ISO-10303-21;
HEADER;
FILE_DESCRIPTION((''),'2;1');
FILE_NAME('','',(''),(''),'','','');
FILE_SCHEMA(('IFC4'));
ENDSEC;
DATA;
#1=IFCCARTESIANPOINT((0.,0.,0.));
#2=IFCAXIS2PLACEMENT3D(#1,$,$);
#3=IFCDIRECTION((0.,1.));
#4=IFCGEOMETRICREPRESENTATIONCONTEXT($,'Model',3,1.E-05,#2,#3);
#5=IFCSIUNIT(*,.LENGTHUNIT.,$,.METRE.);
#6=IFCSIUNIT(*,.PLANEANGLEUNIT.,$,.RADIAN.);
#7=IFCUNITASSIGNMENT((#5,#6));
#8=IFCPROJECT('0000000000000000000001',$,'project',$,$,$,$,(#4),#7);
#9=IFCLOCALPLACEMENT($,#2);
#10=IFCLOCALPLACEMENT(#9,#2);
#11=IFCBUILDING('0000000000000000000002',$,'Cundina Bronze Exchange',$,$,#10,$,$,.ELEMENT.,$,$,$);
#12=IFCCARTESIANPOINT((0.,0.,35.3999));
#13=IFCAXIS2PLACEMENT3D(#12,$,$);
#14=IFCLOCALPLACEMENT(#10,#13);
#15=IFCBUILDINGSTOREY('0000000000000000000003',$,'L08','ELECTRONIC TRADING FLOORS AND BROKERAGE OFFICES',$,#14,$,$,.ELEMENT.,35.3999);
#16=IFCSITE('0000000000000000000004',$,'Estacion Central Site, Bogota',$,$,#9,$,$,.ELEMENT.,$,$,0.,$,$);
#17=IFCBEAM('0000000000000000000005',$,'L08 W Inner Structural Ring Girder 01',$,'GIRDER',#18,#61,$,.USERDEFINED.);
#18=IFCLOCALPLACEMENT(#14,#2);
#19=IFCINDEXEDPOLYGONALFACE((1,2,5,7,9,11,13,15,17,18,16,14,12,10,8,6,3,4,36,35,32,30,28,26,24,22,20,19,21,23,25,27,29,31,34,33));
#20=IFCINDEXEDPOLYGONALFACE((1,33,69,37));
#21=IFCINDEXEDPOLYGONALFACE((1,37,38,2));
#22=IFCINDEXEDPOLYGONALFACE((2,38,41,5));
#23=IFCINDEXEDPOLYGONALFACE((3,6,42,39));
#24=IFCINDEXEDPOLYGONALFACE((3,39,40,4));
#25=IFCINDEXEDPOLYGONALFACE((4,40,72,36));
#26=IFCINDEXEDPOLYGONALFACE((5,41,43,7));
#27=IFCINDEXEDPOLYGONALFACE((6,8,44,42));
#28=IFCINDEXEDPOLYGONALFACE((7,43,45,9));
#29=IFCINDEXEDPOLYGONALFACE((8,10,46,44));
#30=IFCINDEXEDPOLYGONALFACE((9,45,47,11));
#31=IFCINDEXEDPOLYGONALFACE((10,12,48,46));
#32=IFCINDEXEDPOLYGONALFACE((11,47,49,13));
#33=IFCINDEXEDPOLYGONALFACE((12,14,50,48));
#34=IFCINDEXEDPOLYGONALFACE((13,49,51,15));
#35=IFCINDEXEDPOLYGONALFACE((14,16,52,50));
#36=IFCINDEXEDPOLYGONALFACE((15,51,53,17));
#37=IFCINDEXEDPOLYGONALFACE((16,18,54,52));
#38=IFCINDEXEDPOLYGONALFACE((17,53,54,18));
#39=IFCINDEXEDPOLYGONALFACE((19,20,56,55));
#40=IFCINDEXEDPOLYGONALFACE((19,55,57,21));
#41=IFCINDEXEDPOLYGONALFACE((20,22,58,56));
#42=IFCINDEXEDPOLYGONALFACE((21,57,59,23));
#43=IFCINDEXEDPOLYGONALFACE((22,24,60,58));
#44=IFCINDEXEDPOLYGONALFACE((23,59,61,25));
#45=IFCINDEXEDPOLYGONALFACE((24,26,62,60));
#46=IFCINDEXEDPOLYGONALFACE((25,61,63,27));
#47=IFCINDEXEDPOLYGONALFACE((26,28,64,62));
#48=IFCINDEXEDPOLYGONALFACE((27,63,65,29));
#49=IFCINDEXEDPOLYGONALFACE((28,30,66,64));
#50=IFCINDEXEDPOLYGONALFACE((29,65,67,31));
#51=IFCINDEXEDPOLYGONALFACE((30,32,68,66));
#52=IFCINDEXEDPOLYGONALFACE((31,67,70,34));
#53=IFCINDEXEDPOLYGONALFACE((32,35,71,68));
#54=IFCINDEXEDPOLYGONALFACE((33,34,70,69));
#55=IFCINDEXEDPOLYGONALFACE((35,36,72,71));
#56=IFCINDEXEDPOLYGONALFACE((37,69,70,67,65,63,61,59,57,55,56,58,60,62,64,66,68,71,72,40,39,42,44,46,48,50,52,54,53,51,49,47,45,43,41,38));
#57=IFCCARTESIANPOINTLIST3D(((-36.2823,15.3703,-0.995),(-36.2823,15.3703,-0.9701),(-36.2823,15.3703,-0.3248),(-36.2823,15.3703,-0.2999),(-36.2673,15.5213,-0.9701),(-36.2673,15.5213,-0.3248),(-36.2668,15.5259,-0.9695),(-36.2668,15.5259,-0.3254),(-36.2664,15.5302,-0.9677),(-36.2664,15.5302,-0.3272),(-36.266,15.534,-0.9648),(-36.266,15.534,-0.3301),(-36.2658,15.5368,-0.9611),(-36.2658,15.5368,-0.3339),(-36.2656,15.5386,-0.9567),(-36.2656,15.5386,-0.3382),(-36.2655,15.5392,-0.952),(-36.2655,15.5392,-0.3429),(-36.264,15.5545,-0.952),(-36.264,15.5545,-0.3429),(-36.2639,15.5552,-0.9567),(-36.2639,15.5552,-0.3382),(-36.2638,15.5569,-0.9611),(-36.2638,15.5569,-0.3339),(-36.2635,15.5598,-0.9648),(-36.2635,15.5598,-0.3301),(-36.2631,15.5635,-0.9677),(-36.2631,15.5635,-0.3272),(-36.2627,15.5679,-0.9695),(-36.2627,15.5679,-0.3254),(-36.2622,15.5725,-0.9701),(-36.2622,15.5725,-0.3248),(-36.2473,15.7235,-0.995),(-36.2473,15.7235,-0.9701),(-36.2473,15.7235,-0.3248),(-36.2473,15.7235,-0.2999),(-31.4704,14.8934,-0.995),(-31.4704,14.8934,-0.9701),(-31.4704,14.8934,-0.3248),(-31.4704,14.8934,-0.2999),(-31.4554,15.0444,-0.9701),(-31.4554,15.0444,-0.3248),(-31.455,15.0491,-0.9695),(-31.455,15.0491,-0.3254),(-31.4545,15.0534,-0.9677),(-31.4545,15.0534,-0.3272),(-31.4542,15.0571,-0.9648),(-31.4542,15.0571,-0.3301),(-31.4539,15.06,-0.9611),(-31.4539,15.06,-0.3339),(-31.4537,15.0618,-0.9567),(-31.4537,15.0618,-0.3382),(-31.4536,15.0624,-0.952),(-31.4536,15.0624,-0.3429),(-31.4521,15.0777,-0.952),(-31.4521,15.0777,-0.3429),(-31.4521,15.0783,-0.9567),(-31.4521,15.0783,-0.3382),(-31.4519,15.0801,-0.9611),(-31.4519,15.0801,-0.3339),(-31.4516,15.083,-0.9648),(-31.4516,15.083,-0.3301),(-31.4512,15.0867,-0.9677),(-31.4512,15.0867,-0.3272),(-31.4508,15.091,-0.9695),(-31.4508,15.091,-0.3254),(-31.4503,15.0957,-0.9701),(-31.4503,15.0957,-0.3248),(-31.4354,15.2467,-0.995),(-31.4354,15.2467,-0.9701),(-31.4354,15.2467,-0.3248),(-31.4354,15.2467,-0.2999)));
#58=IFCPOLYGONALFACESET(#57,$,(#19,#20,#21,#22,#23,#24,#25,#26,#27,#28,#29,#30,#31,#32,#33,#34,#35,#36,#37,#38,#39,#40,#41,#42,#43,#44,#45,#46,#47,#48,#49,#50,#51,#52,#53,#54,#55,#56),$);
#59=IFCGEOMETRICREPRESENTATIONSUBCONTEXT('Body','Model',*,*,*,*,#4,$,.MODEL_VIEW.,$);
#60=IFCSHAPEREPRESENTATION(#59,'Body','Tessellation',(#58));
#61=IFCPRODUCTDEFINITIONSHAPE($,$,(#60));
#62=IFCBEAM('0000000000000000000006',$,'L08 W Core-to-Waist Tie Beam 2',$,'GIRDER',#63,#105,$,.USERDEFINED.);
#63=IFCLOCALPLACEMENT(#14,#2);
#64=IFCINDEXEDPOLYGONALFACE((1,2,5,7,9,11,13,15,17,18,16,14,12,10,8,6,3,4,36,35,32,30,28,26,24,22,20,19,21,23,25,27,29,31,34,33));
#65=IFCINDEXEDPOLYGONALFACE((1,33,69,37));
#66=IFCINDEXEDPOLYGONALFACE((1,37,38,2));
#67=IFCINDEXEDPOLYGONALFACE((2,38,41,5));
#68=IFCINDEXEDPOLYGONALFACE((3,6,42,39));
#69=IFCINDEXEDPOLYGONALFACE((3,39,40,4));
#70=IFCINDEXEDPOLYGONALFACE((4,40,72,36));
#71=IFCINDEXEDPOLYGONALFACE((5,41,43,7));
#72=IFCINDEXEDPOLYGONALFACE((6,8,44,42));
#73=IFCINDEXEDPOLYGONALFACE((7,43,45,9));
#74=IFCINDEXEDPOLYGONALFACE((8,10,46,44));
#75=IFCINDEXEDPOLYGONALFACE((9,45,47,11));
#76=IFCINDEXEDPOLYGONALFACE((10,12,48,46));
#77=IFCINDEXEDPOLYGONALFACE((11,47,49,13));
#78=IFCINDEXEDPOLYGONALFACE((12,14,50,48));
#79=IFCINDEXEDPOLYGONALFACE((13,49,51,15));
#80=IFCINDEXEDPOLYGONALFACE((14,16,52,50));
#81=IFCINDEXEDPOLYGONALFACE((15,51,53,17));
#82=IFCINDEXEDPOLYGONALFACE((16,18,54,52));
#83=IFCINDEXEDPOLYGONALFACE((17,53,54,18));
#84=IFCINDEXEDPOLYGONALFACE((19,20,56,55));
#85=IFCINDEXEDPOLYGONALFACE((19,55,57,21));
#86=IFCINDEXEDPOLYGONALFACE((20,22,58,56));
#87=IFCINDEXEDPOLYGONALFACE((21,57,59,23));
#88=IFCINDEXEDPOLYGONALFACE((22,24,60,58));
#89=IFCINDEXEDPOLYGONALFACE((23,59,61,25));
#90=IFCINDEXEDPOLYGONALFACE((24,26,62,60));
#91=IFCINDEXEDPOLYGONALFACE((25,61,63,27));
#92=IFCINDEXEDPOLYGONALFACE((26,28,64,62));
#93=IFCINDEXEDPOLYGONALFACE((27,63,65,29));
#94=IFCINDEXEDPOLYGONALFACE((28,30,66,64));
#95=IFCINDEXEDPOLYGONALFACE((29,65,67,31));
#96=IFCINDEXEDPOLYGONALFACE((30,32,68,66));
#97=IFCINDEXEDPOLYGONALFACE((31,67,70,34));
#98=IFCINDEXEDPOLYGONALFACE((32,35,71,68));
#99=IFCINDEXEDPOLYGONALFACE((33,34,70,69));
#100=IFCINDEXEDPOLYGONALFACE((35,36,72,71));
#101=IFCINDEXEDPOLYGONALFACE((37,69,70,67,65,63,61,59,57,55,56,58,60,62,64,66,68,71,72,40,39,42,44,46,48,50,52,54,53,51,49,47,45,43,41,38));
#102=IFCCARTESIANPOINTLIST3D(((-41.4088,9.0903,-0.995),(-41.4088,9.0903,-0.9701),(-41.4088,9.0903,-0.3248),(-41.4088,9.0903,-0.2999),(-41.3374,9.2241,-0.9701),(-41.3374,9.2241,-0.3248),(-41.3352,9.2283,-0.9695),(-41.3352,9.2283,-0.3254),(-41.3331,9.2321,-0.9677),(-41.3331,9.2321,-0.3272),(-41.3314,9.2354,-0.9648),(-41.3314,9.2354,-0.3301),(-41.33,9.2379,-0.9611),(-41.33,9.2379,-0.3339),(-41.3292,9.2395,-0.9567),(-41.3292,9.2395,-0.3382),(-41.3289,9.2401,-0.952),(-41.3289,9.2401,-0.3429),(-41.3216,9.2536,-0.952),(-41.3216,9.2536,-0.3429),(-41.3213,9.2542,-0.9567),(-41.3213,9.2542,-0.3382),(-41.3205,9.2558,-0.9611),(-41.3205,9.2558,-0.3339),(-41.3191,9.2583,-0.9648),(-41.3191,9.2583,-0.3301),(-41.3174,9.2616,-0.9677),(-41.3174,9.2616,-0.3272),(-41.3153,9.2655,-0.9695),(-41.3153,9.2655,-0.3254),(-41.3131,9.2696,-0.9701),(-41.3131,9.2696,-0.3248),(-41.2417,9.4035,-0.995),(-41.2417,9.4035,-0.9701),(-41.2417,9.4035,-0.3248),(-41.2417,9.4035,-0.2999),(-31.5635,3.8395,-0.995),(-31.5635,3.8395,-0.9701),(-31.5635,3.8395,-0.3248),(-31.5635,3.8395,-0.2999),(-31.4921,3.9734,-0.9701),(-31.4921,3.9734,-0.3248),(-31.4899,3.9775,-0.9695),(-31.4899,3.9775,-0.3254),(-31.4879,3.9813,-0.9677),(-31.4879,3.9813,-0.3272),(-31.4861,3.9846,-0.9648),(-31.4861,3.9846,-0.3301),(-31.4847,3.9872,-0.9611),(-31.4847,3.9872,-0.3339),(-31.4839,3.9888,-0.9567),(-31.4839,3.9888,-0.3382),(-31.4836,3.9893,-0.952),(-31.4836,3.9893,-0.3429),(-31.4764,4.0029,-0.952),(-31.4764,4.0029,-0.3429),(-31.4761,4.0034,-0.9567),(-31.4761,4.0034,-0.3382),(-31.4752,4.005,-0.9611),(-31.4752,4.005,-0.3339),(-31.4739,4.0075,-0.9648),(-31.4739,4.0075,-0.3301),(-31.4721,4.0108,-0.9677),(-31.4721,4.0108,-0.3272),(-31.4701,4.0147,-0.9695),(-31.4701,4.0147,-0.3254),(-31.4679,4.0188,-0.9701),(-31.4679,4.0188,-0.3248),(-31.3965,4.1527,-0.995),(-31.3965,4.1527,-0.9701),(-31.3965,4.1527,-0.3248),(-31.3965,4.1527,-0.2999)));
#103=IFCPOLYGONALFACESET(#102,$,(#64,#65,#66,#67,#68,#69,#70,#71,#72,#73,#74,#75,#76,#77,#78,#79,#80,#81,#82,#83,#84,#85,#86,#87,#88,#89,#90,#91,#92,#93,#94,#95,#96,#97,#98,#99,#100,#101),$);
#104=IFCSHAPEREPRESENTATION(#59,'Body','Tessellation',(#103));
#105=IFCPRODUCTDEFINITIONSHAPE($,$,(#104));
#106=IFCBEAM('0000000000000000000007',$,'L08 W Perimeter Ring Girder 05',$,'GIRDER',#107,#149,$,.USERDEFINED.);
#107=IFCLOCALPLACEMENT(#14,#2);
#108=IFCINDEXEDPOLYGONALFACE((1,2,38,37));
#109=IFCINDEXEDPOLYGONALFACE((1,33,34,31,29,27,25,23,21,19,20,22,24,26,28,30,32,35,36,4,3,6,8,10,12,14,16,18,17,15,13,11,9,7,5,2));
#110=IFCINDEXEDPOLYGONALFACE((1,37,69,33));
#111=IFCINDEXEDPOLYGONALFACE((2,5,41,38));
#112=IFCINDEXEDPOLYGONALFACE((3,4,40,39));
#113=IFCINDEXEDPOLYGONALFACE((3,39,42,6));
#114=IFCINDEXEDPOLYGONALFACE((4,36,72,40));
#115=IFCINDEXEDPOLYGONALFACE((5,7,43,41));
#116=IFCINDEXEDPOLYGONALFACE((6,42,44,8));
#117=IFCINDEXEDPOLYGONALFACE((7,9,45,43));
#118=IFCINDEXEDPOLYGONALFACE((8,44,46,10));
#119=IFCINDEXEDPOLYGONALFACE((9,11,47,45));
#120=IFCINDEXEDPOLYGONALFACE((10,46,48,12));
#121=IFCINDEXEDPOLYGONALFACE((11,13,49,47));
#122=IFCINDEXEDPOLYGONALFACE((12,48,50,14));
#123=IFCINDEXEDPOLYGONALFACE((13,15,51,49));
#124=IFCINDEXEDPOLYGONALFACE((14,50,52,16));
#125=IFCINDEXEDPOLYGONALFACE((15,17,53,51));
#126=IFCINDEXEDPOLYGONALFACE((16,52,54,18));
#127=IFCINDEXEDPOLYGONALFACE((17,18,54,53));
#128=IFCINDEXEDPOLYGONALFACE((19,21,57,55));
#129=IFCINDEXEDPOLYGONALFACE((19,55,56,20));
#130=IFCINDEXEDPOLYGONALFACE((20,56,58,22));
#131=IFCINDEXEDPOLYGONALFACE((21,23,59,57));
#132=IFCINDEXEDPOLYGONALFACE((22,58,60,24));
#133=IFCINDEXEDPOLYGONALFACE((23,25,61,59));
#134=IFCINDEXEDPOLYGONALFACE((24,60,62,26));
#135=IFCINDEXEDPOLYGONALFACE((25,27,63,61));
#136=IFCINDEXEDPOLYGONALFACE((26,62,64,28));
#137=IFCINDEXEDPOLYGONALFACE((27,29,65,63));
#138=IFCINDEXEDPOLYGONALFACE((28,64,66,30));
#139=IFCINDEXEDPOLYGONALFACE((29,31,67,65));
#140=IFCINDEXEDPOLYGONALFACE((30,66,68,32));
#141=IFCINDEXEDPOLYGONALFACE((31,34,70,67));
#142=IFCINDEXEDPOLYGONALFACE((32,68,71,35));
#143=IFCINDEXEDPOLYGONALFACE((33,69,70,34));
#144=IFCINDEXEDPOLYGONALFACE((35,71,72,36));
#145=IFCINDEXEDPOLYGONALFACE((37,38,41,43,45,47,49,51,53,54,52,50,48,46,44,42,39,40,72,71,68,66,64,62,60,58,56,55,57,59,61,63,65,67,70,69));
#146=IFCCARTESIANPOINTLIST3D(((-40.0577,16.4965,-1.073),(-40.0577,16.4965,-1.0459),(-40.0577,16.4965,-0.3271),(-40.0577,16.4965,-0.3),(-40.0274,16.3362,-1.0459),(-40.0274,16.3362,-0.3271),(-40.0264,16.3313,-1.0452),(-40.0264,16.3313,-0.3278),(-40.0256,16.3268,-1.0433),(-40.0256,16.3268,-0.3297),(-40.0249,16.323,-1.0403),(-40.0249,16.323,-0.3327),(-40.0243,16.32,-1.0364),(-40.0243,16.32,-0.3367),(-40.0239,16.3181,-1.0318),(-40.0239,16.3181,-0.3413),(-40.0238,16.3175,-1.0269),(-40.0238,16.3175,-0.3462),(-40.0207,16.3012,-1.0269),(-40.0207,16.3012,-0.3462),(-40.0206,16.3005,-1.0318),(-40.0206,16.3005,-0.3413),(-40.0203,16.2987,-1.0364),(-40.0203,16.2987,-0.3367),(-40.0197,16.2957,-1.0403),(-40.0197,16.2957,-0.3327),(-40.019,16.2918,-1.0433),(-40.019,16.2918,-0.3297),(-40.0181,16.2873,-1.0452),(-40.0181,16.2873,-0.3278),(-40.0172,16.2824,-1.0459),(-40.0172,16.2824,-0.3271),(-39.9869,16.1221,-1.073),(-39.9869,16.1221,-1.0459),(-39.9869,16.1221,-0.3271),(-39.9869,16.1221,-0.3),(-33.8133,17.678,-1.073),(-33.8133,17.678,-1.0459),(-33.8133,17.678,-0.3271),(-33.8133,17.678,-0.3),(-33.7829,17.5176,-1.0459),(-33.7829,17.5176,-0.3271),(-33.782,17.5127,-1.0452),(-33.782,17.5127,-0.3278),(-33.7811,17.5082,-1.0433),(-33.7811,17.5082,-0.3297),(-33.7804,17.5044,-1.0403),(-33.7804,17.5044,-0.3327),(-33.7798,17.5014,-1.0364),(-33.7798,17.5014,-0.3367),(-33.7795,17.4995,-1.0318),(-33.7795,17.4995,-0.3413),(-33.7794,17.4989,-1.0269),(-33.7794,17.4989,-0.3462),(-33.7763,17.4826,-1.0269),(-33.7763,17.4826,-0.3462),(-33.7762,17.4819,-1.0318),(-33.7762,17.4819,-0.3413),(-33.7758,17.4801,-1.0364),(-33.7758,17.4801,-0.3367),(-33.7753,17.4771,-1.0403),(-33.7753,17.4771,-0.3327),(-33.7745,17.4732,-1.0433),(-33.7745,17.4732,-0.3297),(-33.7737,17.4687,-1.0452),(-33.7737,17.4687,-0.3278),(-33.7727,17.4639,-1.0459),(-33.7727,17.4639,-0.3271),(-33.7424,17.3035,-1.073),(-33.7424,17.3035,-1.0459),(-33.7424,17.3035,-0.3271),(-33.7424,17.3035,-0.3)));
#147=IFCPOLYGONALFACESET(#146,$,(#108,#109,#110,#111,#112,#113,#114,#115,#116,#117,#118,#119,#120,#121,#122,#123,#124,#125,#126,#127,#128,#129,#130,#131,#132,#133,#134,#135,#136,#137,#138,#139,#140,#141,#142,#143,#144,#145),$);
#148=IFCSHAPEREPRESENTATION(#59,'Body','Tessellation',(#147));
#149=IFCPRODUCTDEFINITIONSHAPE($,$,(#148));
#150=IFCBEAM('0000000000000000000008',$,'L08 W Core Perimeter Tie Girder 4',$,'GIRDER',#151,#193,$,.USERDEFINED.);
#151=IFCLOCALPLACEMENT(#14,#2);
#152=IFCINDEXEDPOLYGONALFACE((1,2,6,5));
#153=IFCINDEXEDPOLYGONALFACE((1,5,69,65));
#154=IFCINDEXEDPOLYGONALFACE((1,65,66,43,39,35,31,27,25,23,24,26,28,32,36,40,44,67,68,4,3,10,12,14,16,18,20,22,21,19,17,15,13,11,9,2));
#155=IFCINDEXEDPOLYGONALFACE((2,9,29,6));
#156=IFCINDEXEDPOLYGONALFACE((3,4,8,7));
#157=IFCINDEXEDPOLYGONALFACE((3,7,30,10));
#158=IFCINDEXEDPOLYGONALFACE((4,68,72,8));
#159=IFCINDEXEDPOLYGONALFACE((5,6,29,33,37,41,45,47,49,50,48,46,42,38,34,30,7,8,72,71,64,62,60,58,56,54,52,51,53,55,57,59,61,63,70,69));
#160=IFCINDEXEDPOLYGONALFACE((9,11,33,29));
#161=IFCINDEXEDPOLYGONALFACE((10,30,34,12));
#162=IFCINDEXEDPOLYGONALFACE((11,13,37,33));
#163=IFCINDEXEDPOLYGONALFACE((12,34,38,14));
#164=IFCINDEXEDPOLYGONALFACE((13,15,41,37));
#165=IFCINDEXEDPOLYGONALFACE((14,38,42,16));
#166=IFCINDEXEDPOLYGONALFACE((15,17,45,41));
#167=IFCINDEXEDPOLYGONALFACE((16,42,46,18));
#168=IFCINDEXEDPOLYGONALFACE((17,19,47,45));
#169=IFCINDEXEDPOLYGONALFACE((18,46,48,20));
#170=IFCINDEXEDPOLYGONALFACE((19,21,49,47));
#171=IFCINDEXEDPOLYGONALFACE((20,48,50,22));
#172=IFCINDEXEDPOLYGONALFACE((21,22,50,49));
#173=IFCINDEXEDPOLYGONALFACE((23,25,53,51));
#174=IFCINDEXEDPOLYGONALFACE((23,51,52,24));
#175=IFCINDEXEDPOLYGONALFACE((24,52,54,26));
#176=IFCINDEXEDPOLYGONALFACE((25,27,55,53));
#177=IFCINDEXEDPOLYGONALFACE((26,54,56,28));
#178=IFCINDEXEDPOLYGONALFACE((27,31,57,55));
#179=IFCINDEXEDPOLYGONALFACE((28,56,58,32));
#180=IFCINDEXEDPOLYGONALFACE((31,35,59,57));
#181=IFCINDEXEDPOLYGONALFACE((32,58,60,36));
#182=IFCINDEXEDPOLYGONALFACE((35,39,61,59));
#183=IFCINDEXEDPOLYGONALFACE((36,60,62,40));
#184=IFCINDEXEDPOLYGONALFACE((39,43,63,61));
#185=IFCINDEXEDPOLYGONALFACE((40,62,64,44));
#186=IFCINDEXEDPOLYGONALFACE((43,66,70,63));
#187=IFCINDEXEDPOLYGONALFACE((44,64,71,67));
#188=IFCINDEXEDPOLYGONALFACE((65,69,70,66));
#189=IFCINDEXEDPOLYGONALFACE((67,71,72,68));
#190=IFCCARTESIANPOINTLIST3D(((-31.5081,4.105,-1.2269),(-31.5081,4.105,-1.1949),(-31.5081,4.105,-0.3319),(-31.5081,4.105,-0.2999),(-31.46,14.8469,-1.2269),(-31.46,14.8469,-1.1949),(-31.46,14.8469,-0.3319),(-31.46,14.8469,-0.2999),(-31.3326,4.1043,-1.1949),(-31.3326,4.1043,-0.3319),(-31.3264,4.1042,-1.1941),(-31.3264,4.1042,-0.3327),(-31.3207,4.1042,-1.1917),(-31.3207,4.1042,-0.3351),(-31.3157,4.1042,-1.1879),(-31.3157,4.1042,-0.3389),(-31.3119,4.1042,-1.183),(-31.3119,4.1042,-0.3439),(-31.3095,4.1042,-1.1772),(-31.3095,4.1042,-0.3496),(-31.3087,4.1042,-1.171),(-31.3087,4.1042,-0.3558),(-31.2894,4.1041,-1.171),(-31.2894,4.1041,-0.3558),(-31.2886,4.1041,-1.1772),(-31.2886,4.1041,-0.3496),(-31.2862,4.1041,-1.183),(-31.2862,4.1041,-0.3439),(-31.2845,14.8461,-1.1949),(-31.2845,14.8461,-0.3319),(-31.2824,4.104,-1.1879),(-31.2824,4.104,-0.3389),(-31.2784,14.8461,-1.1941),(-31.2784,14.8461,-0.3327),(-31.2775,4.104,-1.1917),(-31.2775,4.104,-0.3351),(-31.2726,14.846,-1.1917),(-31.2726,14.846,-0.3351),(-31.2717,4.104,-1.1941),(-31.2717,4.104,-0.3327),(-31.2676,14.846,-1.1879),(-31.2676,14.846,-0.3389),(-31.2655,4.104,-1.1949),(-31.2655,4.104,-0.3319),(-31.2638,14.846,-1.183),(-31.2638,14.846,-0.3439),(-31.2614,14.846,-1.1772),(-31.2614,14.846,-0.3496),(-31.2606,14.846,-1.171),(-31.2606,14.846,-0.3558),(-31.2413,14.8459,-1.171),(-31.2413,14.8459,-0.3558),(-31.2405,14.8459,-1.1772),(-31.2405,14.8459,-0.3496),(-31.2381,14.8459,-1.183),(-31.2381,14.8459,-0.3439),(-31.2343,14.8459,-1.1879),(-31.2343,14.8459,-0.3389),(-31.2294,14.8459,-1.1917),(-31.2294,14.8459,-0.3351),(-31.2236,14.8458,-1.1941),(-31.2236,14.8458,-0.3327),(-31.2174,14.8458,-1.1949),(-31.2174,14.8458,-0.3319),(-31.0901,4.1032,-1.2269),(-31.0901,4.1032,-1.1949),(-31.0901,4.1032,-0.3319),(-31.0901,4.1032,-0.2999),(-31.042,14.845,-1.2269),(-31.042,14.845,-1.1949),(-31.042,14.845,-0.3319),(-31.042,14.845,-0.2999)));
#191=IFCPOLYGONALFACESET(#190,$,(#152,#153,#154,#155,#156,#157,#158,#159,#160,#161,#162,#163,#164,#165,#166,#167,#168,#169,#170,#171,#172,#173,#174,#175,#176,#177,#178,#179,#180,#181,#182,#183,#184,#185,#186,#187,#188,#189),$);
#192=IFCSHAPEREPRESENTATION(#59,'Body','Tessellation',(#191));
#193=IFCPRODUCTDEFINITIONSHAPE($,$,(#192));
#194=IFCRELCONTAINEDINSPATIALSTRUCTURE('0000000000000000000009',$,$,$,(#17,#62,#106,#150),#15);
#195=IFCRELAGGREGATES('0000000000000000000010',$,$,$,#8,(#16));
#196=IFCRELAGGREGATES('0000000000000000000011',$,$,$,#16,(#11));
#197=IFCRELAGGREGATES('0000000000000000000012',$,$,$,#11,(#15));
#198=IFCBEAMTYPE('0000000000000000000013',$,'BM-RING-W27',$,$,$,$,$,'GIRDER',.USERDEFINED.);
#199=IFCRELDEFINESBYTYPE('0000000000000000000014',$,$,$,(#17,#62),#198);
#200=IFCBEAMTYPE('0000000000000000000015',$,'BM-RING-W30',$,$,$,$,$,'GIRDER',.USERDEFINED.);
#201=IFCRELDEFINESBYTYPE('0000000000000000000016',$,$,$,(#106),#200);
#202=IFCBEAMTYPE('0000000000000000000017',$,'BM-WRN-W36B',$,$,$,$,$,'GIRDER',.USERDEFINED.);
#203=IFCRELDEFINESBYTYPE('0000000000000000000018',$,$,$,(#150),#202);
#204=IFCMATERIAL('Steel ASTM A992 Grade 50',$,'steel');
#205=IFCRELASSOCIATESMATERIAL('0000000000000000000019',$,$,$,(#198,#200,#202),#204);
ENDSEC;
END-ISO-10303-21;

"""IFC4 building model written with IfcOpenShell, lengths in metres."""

from ifc_helpers import new_model, si_unit, direction, frame, origin, origin_2d, place, context, subcontext, project, spatial, i_section, extrude, material, material_profile, profile_set, type_object, element, save


model = new_model("IFC4")

# Units and contexts
model_context = context("Model", 3, precision=1e-05, world=origin(), true_north=direction((0.0, 1.0)))
body_context = subcontext(model_context, "Body", "Model", "MODEL_VIEW")
ifc_project = project(units=[si_unit("LENGTHUNIT", "METRE"), si_unit("PLANEANGLEUNIT", "RADIAN")], contexts=[model_context])

# Site, building, storey
site_placement = place(None, origin())
site = spatial("IfcSite", under=ifc_project, at=site_placement, Name="Estacion Central Site, Bogota", CompositionType="ELEMENT", RefElevation=0.0)
building_placement = place(site_placement, origin())
building = spatial("IfcBuilding", under=site, at=building_placement, Name="Cundina Bronze Exchange", CompositionType="ELEMENT")
storey_placement = place(building_placement, frame((0.0, 0.0, 35.3999)))
storey = spatial("IfcBuildingStorey", under=building, at=storey_placement, Name="L08", Description="ELECTRONIC TRADING FLOORS AND BROKERAGE OFFICES", CompositionType="ELEMENT", Elevation=35.3999)

# Shared definitions
ifc_material_1 = material(Name="Steel ASTM A992 Grade 50", Category="steel")

# Beams
ifc_material_profile_1 = material_profile(ifc_material_1, i_section(OverallWidth=0.355, OverallDepth=0.6951, WebThickness=0.0154, FlangeThickness=0.0249, FilletRadius=0.0181, at=origin_2d()), Name="W27X146", Category="steel")
ifc_profile_set_1 = profile_set([ifc_material_profile_1], Name="Steel ASTM A992 Grade 50")
beam_type_1 = type_object("IfcBeamType", Name="BM-RING-W27", ElementType="GIRDER", PredefinedType="USERDEFINED", material=ifc_profile_set_1)
beam_1_placement = place(storey_placement, frame((-31.4529, 15.0701, -0.6475), z_axis=(-0.995126, 0.098609, 0.0), x_axis=(-0.098609, -0.995126, 0.0)))
element("IfcBeam", 1, at=beam_1_placement, inside=storey, type_object=beam_type_1, Name="L08 W Inner Structural Ring Girder 01", ObjectType="GIRDER", PredefinedType="USERDEFINED", context=body_context, shape_type="SweptSolid", body=[
    extrude(i_section(OverallWidth=0.355, OverallDepth=0.6951, WebThickness=0.0154, FlangeThickness=0.0249, FilletRadius=0.0181, at=origin_2d()), origin(), (0.0, 0.0, 1.0), 4.8354),
])
beam_2_placement = place(storey_placement, frame((-31.48, 3.9961, -0.6475), z_axis=(-0.882355, 0.470585, 0.0), x_axis=(-0.470585, -0.882355, 0.0)))
element("IfcBeam", 2, at=beam_2_placement, inside=storey, type_object=beam_type_1, Name="L08 W Core-to-Waist Tie Beam 2", ObjectType="GIRDER", PredefinedType="USERDEFINED", context=body_context, shape_type="SweptSolid", body=[
    extrude(i_section(OverallWidth=0.355, OverallDepth=0.6951, WebThickness=0.0154, FlangeThickness=0.0249, FilletRadius=0.0181, at=origin_2d()), origin(), (0.0, 0.0, 1.0), 11.158),
])
ifc_material_profile_2 = material_profile(ifc_material_1, i_section(OverallWidth=0.3811, OverallDepth=0.7729, WebThickness=0.0166, FlangeThickness=0.0271, FilletRadius=0.019, at=origin_2d()), Name="W30X173", Category="steel")
ifc_profile_set_2 = profile_set([ifc_material_profile_2], Name="Steel ASTM A992 Grade 50")
beam_type_2 = type_object("IfcBeamType", Name="BM-RING-W30", ElementType="GIRDER", PredefinedType="USERDEFINED", material=ifc_profile_set_2)
beam_3_placement = place(storey_placement, frame((-33.7778, 17.4907, -0.6865), z_axis=(-0.982569, -0.185896, 0.0), x_axis=(0.185896, -0.982569, 0.0)))
element("IfcBeam", 3, at=beam_3_placement, inside=storey, type_object=beam_type_2, Name="L08 W Perimeter Ring Girder 05", ObjectType="GIRDER", PredefinedType="USERDEFINED", context=body_context, shape_type="SweptSolid", body=[
    extrude(i_section(OverallWidth=0.3811, OverallDepth=0.7729, WebThickness=0.0166, FlangeThickness=0.0271, FilletRadius=0.019, at=origin_2d()), origin(), (0.0, 0.0, 1.0), 6.3552),
])
ifc_material_profile_3 = material_profile(ifc_material_1, i_section(OverallWidth=0.418, OverallDepth=0.927, WebThickness=0.0193, FlangeThickness=0.032, FilletRadius=0.0239, at=origin_2d()), Name="W36X231", Category="steel")
ifc_profile_set_3 = profile_set([ifc_material_profile_3], Name="Steel ASTM A992 Grade 50")
beam_type_3 = type_object("IfcBeamType", Name="BM-WRN-W36B", ElementType="GIRDER", PredefinedType="USERDEFINED", material=ifc_profile_set_3)
beam_4_placement = place(storey_placement, frame((-31.251, 14.8459, -0.7634), z_axis=(-0.004477, -0.99999, 0.0), x_axis=(0.99999, -0.004477, 0.0)))
element("IfcBeam", 4, at=beam_4_placement, inside=storey, type_object=beam_type_3, Name="L08 W Core Perimeter Tie Girder 4", ObjectType="GIRDER", PredefinedType="USERDEFINED", context=body_context, shape_type="SweptSolid", body=[
    extrude(i_section(OverallWidth=0.418, OverallDepth=0.927, WebThickness=0.0193, FlangeThickness=0.032, FilletRadius=0.0239, at=origin_2d()), origin(), (0.0, 0.0, 1.0), 10.7419),
])

save(model, "model.ifc")
